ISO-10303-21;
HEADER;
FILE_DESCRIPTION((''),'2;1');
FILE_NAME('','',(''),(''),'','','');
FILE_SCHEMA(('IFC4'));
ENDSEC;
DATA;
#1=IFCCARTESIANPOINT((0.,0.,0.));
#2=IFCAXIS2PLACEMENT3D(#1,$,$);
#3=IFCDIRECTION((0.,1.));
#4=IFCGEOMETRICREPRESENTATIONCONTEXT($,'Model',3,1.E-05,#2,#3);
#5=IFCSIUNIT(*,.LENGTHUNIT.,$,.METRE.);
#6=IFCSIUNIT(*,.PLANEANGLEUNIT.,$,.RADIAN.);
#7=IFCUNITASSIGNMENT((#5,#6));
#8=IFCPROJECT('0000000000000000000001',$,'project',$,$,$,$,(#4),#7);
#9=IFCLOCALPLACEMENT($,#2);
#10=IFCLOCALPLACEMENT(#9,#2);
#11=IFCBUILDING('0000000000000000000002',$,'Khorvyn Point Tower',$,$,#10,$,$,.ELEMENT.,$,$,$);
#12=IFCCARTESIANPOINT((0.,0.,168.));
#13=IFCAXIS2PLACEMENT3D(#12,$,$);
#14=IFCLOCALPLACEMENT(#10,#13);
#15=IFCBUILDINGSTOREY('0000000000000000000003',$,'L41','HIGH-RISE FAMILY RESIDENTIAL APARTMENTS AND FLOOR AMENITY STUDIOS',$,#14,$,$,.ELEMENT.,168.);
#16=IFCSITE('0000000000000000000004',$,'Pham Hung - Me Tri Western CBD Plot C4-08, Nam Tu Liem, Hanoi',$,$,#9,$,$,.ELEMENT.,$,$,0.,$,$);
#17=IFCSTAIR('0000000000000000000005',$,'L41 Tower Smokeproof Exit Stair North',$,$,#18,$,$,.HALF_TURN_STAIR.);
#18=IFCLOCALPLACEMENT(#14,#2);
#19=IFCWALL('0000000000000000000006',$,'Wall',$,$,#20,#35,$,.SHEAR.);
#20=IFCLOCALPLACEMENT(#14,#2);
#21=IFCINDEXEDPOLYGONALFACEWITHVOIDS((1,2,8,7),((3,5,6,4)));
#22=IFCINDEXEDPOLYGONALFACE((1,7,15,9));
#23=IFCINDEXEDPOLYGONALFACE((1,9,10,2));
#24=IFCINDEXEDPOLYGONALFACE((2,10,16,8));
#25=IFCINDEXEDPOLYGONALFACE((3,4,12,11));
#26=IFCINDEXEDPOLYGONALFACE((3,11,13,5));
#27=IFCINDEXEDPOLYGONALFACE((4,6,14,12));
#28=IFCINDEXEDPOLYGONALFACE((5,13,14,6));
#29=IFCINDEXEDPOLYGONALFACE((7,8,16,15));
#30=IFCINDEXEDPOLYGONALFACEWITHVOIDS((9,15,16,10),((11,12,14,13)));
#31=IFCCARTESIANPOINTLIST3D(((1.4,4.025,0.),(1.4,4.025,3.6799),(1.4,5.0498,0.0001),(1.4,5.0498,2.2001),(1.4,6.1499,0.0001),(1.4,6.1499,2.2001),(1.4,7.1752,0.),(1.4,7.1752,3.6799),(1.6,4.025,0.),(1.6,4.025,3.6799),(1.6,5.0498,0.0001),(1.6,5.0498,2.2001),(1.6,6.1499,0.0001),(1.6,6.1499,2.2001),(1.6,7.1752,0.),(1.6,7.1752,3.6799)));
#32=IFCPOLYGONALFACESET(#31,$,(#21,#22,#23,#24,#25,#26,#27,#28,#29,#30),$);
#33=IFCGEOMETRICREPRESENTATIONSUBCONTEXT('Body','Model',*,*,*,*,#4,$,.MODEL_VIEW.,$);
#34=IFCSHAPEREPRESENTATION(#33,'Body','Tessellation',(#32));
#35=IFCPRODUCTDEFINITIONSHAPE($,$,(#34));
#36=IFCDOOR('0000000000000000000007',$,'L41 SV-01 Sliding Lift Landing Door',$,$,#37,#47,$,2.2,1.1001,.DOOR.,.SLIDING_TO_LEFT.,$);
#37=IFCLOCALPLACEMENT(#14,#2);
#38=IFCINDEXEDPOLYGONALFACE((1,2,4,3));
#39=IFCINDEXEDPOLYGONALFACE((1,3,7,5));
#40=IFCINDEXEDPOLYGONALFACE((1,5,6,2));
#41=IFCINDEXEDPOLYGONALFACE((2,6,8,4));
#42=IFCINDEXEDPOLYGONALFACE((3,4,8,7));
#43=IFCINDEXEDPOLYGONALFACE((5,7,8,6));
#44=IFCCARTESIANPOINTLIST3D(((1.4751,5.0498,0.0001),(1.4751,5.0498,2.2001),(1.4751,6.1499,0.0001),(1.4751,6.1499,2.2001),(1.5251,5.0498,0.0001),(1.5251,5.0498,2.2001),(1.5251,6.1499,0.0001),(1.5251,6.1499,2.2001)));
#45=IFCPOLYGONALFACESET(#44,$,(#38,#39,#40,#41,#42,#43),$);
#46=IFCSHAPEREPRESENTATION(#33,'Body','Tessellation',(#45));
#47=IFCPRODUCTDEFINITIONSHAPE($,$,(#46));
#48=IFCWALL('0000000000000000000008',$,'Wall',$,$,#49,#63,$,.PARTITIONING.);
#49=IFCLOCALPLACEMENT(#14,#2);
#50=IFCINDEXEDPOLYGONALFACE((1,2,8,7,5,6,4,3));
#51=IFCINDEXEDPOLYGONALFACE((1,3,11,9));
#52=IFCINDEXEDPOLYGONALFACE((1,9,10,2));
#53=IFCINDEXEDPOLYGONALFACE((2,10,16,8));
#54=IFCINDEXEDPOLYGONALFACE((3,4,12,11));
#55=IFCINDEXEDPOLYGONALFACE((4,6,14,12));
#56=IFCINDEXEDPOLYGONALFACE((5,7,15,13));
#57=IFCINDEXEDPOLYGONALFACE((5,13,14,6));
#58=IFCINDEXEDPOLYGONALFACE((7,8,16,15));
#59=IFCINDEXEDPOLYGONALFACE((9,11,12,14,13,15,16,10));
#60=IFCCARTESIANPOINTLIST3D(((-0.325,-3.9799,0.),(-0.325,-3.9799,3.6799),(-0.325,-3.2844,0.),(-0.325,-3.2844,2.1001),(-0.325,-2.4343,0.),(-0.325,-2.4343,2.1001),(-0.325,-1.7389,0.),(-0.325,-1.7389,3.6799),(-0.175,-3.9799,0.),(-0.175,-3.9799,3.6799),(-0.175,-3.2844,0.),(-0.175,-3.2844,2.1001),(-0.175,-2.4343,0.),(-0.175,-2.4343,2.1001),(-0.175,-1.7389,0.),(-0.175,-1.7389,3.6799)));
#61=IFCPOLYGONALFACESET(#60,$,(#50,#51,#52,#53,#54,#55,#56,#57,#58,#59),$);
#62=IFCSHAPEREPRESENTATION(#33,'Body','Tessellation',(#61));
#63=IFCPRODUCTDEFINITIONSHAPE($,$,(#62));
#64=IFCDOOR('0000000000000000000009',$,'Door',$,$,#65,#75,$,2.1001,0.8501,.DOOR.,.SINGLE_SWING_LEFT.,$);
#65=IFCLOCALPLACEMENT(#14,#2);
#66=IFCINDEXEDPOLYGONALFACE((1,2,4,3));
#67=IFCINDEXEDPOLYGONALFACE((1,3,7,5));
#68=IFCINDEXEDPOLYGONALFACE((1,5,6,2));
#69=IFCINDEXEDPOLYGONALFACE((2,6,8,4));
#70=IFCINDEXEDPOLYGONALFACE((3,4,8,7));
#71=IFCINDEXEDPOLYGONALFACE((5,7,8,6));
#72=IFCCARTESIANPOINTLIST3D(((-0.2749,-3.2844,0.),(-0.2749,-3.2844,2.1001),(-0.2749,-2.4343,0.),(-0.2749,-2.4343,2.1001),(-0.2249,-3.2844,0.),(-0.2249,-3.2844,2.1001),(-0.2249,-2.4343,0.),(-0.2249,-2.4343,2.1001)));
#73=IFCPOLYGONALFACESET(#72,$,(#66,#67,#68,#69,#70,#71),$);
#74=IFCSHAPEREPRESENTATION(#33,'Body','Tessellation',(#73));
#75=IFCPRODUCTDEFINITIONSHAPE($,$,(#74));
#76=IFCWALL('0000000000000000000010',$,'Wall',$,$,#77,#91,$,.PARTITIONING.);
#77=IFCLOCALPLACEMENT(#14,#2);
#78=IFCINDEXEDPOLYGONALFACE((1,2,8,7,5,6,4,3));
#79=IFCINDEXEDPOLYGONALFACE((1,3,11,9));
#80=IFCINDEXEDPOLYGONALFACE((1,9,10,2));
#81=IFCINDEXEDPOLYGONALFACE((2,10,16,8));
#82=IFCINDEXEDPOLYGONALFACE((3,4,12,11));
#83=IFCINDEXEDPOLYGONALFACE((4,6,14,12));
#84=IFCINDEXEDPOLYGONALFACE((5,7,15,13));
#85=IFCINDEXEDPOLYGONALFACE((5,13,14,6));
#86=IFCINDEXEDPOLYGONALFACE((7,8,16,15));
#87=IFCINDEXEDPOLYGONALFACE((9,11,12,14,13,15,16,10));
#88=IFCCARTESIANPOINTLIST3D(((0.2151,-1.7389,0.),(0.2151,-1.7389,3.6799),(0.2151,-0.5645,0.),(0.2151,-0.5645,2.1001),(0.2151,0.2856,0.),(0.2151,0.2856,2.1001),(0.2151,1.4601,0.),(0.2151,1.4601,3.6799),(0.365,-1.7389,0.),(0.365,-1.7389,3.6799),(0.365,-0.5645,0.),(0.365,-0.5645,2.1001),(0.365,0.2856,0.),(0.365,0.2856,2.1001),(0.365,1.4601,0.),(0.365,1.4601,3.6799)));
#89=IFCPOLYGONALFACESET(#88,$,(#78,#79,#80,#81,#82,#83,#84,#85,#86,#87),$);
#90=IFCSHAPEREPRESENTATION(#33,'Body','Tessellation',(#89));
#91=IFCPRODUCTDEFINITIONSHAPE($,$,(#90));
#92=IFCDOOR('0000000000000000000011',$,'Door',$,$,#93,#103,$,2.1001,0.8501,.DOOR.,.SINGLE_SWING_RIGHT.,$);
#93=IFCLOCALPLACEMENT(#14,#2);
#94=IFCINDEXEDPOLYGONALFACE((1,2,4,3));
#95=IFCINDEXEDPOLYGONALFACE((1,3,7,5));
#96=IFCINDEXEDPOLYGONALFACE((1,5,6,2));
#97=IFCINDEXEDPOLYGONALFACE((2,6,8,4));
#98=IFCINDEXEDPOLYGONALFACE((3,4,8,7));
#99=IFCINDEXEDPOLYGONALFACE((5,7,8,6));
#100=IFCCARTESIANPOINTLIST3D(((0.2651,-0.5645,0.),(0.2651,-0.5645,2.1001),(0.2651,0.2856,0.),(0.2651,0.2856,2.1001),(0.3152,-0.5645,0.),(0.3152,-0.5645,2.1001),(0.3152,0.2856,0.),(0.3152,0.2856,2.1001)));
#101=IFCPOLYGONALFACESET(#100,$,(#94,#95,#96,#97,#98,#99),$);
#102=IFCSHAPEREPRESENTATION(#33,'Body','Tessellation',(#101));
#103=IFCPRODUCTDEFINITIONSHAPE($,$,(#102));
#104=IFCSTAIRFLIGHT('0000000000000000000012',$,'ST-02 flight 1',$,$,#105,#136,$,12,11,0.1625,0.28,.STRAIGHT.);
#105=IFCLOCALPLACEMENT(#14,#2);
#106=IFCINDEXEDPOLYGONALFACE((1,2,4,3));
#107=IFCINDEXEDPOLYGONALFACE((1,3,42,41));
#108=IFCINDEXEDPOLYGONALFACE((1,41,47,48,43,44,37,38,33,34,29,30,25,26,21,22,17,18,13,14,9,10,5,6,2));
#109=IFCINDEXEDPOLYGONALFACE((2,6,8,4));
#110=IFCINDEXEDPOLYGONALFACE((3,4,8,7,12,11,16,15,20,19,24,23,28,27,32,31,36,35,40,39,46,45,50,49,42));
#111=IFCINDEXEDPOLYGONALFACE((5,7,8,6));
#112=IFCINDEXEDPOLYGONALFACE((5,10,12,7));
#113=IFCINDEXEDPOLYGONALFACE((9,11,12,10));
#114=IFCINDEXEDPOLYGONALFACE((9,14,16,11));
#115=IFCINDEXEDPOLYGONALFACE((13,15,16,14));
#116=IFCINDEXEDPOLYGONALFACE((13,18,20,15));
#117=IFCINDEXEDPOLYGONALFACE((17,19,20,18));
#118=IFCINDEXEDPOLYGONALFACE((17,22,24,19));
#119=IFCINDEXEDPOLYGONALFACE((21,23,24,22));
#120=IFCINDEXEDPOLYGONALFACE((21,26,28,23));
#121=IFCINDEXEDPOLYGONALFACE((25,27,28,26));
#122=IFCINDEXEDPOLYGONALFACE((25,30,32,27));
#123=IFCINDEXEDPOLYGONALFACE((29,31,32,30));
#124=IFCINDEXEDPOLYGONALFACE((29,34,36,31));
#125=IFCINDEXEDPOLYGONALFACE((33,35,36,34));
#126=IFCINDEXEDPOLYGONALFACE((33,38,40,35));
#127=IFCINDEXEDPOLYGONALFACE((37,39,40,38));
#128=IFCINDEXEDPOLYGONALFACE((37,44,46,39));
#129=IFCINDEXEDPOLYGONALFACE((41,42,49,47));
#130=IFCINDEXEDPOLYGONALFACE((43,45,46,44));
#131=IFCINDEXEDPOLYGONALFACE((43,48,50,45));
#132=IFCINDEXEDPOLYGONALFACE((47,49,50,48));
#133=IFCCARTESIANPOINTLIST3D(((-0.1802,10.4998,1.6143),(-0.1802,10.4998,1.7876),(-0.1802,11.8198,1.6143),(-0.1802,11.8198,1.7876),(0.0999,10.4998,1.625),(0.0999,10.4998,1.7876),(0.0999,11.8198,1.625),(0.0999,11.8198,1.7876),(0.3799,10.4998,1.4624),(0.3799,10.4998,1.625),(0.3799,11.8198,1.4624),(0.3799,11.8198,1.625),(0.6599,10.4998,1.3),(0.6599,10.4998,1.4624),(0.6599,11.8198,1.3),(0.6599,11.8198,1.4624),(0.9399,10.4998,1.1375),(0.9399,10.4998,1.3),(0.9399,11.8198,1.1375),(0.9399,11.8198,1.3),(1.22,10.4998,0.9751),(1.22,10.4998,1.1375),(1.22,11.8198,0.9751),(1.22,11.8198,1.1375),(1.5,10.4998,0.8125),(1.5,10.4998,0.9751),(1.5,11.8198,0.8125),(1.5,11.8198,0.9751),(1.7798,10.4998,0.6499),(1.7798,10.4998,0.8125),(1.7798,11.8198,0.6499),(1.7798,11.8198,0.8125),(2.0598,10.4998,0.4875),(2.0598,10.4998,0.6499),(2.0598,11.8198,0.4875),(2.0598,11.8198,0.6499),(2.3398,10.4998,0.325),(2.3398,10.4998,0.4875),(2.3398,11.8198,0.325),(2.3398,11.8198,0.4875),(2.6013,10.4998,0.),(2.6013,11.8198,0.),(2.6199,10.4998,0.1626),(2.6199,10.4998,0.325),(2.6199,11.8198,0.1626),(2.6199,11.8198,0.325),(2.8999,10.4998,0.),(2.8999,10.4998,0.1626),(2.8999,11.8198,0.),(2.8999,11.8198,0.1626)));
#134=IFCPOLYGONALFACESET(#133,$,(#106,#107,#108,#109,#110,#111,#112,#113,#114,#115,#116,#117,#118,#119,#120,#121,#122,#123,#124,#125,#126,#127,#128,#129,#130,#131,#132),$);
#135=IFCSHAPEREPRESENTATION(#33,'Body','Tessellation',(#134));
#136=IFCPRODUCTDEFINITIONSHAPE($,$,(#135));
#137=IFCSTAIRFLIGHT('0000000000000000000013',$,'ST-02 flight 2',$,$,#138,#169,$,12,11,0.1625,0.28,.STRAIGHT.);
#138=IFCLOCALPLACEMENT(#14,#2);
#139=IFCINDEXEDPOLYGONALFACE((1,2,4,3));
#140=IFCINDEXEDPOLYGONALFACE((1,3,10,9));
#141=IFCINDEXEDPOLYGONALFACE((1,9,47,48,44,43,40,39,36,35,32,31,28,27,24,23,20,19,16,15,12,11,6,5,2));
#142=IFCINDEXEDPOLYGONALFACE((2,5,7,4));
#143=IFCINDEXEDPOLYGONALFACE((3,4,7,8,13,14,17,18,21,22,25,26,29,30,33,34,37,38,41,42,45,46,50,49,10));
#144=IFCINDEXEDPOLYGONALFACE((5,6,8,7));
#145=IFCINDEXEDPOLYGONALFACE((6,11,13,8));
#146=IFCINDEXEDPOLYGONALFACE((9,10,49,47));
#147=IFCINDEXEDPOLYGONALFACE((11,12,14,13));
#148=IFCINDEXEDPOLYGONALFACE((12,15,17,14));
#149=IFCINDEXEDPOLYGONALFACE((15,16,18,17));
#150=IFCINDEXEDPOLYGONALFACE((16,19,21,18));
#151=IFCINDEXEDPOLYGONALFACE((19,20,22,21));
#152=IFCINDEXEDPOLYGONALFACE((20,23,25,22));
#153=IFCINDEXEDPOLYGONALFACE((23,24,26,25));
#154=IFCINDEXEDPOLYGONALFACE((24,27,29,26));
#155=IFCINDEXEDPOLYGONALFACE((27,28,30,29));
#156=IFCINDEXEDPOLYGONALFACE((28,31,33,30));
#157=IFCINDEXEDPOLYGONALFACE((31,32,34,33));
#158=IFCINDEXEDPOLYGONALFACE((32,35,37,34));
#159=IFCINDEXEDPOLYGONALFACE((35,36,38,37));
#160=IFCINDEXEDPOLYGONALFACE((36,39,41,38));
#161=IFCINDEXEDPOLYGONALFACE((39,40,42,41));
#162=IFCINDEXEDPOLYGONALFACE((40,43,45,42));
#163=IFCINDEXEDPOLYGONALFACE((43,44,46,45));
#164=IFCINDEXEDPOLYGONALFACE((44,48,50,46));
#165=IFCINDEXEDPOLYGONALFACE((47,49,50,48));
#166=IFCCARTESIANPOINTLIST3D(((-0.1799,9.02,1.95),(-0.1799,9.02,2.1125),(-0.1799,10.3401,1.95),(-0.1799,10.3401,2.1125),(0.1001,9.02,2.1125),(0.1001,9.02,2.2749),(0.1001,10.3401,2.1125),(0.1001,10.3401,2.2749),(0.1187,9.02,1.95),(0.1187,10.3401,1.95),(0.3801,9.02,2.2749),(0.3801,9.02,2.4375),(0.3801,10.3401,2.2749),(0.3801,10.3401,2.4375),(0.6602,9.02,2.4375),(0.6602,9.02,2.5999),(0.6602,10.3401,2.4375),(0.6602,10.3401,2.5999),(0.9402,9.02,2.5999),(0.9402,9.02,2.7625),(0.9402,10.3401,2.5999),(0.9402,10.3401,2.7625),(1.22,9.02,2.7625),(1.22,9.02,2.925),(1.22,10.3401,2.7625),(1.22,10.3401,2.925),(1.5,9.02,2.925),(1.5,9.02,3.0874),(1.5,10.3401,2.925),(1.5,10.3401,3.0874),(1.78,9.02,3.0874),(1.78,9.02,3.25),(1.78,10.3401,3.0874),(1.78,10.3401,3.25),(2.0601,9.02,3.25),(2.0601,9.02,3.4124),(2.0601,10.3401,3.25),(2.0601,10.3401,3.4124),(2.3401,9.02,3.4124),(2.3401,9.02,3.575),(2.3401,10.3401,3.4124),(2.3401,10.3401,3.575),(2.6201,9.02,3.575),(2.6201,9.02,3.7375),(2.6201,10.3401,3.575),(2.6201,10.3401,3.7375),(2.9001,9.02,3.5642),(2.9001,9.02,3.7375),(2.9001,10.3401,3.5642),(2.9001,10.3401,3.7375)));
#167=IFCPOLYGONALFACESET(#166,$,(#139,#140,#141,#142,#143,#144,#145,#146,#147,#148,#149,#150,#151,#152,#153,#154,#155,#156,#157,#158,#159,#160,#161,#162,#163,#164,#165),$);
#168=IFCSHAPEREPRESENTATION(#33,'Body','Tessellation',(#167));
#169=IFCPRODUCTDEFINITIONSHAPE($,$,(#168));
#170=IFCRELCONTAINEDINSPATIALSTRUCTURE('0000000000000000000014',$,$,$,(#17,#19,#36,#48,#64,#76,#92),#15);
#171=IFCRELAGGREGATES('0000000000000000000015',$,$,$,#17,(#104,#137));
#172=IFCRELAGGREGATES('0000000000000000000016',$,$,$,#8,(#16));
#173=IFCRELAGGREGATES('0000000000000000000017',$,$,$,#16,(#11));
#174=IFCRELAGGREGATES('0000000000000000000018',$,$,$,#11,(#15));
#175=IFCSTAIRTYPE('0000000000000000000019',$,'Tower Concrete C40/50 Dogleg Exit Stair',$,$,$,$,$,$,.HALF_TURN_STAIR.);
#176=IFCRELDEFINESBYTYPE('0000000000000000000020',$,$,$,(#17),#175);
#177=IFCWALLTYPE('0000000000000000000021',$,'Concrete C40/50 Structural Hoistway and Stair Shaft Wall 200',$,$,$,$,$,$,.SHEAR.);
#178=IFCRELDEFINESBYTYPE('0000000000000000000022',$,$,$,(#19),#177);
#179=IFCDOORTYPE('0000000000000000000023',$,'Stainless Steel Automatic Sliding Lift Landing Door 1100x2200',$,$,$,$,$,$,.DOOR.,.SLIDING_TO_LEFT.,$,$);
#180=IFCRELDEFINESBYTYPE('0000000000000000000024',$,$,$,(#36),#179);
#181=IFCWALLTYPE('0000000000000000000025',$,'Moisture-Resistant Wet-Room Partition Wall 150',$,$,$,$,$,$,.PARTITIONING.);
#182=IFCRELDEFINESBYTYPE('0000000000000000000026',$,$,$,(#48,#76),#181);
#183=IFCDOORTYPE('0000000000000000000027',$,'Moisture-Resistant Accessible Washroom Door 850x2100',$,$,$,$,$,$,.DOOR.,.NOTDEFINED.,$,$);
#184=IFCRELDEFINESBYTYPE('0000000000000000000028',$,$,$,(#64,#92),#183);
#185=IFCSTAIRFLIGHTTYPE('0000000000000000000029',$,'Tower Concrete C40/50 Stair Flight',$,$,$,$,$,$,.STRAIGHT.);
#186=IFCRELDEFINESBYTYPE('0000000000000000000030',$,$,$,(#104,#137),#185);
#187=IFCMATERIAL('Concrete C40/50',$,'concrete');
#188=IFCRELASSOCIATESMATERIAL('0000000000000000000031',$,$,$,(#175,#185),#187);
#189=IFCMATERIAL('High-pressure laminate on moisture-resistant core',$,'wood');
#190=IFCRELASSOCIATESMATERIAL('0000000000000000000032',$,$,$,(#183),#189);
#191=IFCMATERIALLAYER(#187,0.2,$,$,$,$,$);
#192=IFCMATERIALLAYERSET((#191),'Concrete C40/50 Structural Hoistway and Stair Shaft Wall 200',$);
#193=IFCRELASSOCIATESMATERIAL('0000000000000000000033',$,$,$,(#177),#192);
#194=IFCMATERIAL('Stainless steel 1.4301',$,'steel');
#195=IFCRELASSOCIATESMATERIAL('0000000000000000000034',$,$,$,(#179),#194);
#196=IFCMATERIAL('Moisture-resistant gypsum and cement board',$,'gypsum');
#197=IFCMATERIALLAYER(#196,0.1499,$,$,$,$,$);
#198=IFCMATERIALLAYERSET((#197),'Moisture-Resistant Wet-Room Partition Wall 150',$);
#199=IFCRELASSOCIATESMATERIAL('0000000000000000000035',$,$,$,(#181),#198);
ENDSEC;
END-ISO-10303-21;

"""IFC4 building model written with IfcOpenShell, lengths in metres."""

from ifc_helpers import new_model, si_unit, direction, frame, frame_2d, origin, place, context, subcontext, project, spatial, polyline, rectangle, outline, extrude, material, layer, layer_set, type_object, element, fill, aggregate, save


model = new_model("IFC4")

# Units and contexts
model_context = context("Model", 3, precision=1e-05, world=origin(), true_north=direction((0.0, 1.0)))
body_context = subcontext(model_context, "Body", "Model", "MODEL_VIEW")
ifc_project = project(units=[si_unit("LENGTHUNIT", "METRE"), si_unit("PLANEANGLEUNIT", "RADIAN")], contexts=[model_context])

# Site, building, storey
site_placement = place(None, origin())
site = spatial("IfcSite", under=ifc_project, at=site_placement, Name="Pham Hung - Me Tri Western CBD Plot C4-08, Nam Tu Liem, Hanoi", CompositionType="ELEMENT", RefElevation=0.0)
building_placement = place(site_placement, origin())
building = spatial("IfcBuilding", under=site, at=building_placement, Name="Khorvyn Point Tower", CompositionType="ELEMENT")
storey_placement = place(building_placement, frame((0.0, 0.0, 168.0)))
storey = spatial("IfcBuildingStorey", under=building, at=storey_placement, Name="L41", Description="HIGH-RISE FAMILY RESIDENTIAL APARTMENTS AND FLOOR AMENITY STUDIOS", CompositionType="ELEMENT", Elevation=168.0)

# Shared definitions
ifc_material_1 = material(Name="Concrete C40/50", Category="concrete")

# Stair
stair_type = type_object("IfcStairType", Name="Tower Concrete C40/50 Dogleg Exit Stair", PredefinedType="HALF_TURN_STAIR", material=ifc_material_1)
stair_1_placement = place(storey_placement, origin())
stair_1 = element("IfcStair", 1, at=stair_1_placement, inside=storey, type_object=stair_type, Name="L41 Tower Smokeproof Exit Stair North", PredefinedType="HALF_TURN_STAIR")

# Walls, openings, doors
ifc_material_2 = material(Name="High-pressure laminate on moisture-resistant core", Category="wood")
door_type_1 = type_object("IfcDoorType", Name="Moisture-Resistant Accessible Washroom Door 850x2100", OperationType="NOTDEFINED", PredefinedType="DOOR", material=ifc_material_2)
ifc_layer_1 = layer(ifc_material_1, 0.2)
ifc_layer_set_1 = layer_set([ifc_layer_1], Name="Concrete C40/50 Structural Hoistway and Stair Shaft Wall 200")
wall_type_1 = type_object("IfcWallType", Name="Concrete C40/50 Structural Hoistway and Stair Shaft Wall 200", PredefinedType="SHEAR", material=ifc_layer_set_1)
wall_1_placement = place(storey_placement, frame((1.5, 4.0249, 0.0), z_axis=(0.0, 0.0, 1.0), x_axis=(0.0, 1.0, 0.0)))
wall_1 = element("IfcWall", 2, at=wall_1_placement, inside=storey, type_object=wall_type_1, Name="Wall", PredefinedType="SHEAR", context=body_context, shape_type="SweptSolid", body=[
    extrude(rectangle(XDim=3.1501, YDim=0.2, at=frame_2d((1.5752, 0.0))), origin(), (0.0, 0.0, 1.0), 3.6799),
])
opening_1_placement = place(wall_1_placement, frame((1.0249, 0.0, 0.0)))
opening_1 = element("IfcOpeningElement", 3, at=opening_1_placement, cuts=wall_1, PredefinedType="OPENING", context=body_context, shape_type="SweptSolid", body=[
    extrude(rectangle(XDim=1.1001, YDim=2.2, at=frame_2d((0.55, 1.1001))), frame((0.0, 0.1099, 0.0), z_axis=(0.0, -1.0, 0.0), x_axis=(1.0, 0.0, 0.0)), (0.0, 0.0, 1.0), 0.22),
])
ifc_material_3 = material(Name="Stainless steel 1.4301", Category="steel")
door_type_2 = type_object("IfcDoorType", Name="Stainless Steel Automatic Sliding Lift Landing Door 1100x2200", OperationType="SLIDING_TO_LEFT", PredefinedType="DOOR", material=ifc_material_3)
door_1_placement = place(opening_1_placement, origin())
door_1 = element("IfcDoor", 4, at=door_1_placement, inside=storey, type_object=door_type_2, Name="L41 SV-01 Sliding Lift Landing Door", OperationType="SLIDING_TO_LEFT", OverallHeight=2.2, OverallWidth=1.1001, PredefinedType="DOOR", context=body_context, shape_type="SweptSolid", body=[
    extrude(rectangle(XDim=1.1001, YDim=2.2, at=frame_2d((0.55, 1.1001))), frame((0.0, 0.0249, 0.0), z_axis=(0.0, -1.0, 0.0), x_axis=(1.0, 0.0, 0.0)), (0.0, 0.0, 1.0), 0.05),
])
fill(opening_1, door_1)
ifc_material_4 = material(Name="Moisture-resistant gypsum and cement board", Category="gypsum")
ifc_layer_2 = layer(ifc_material_4, 0.1499)
ifc_layer_set_2 = layer_set([ifc_layer_2], Name="Moisture-Resistant Wet-Room Partition Wall 150")
wall_type_2 = type_object("IfcWallType", Name="Moisture-Resistant Wet-Room Partition Wall 150", PredefinedType="PARTITIONING", material=ifc_layer_set_2)
wall_2_placement = place(storey_placement, frame((-0.25, -3.98, 0.0), z_axis=(0.0, 0.0, 1.0), x_axis=(0.0, 1.0, 0.0)))
wall_2 = element("IfcWall", 5, at=wall_2_placement, inside=storey, type_object=wall_type_2, Name="Wall", PredefinedType="PARTITIONING", context=body_context, shape_type="SweptSolid", body=[
    extrude(rectangle(XDim=2.241, YDim=0.1499, at=frame_2d((1.1206, 0.0))), origin(), (0.0, 0.0, 1.0), 3.6799),
])
opening_2_placement = place(wall_2_placement, frame((0.6956, 0.0, 0.0)))
opening_2 = element("IfcOpeningElement", 6, at=opening_2_placement, cuts=wall_2, PredefinedType="OPENING", context=body_context, shape_type="SweptSolid", body=[
    extrude(rectangle(XDim=0.8501, YDim=2.1001, at=frame_2d((0.425, 1.05))), frame((0.0, 0.085, 0.0), z_axis=(0.0, -1.0, 0.0), x_axis=(1.0, 0.0, 0.0)), (0.0, 0.0, 1.0), 0.1699),
])
door_2_placement = place(opening_2_placement, origin())
door_2 = element("IfcDoor", 7, at=door_2_placement, inside=storey, type_object=door_type_1, Name="Door", OperationType="SINGLE_SWING_LEFT", OverallHeight=2.1001, OverallWidth=0.8501, PredefinedType="DOOR", context=body_context, shape_type="SweptSolid", body=[
    extrude(rectangle(XDim=0.8501, YDim=2.1001, at=frame_2d((0.425, 1.05))), frame((0.0, 0.0249, 0.0), z_axis=(0.0, -1.0, 0.0), x_axis=(1.0, 0.0, 0.0)), (0.0, 0.0, 1.0), 0.05),
])
fill(opening_2, door_2)
wall_3_placement = place(storey_placement, frame((0.29, -1.739, 0.0), z_axis=(0.0, 0.0, 1.0), x_axis=(0.0, 1.0, 0.0)))
wall_3 = element("IfcWall", 8, at=wall_3_placement, inside=storey, type_object=wall_type_2, Name="Wall", PredefinedType="PARTITIONING", context=body_context, shape_type="SweptSolid", body=[
    extrude(rectangle(XDim=3.199, YDim=0.1499, at=frame_2d((1.5996, 0.0))), origin(), (0.0, 0.0, 1.0), 3.6799),
])
opening_3_placement = place(wall_3_placement, frame((1.1746, 0.0, 0.0)))
opening_3 = element("IfcOpeningElement", 9, at=opening_3_placement, cuts=wall_3, PredefinedType="OPENING", context=body_context, shape_type="SweptSolid", body=[
    extrude(rectangle(XDim=0.8501, YDim=2.1001, at=frame_2d((0.425, 1.05))), frame((0.0, 0.085, 0.0), z_axis=(0.0, -1.0, 0.0), x_axis=(1.0, 0.0, 0.0)), (0.0, 0.0, 1.0), 0.1699),
])
door_3_placement = place(opening_3_placement, origin())
door_3 = element("IfcDoor", 10, at=door_3_placement, inside=storey, type_object=door_type_1, Name="Door", OperationType="SINGLE_SWING_RIGHT", OverallHeight=2.1001, OverallWidth=0.8501, PredefinedType="DOOR", context=body_context, shape_type="SweptSolid", body=[
    extrude(rectangle(XDim=0.8501, YDim=2.1001, at=frame_2d((0.425, 1.05))), frame((0.0, 0.0249, 0.0), z_axis=(0.0, -1.0, 0.0), x_axis=(1.0, 0.0, 0.0)), (0.0, 0.0, 1.0), 0.05),
])
fill(opening_3, door_3)

# Stair flights
stair_flight_type = type_object("IfcStairFlightType", Name="Tower Concrete C40/50 Stair Flight", PredefinedType="STRAIGHT", material=ifc_material_1)
stair_flight_1_placement = place(storey_placement, frame((2.8999, 11.1599, 0.0), z_axis=(0.0, 0.0, 1.0), x_axis=(-1.0, 0.0, 0.0)))
stair_flight_1 = element("IfcStairFlight", 11, at=stair_flight_1_placement, type_object=stair_flight_type, Name="ST-02 flight 1", NumberOfRisers=12, NumberOfTreads=11, PredefinedType="STRAIGHT", RiserHeight=0.1625, TreadLength=0.28, context=body_context, shape_type="SweptSolid", body=[
    extrude(outline(polyline([(0.0, 0.0), (0.0, 0.1626), (0.28, 0.1626), (0.28, 0.325), (0.5601, 0.325), (0.5601, 0.4875), (0.8401, 0.4875), (0.8401, 0.6499), (1.1201, 0.6499), (1.1201, 0.8125), (1.3999, 0.8125), (1.3999, 0.9751), (1.6799, 0.9751), (1.6799, 1.1375), (1.96, 1.1375), (1.96, 1.3), (2.24, 1.3), (2.24, 1.4624), (2.52, 1.4624), (2.52, 1.625), (2.8, 1.625), (2.8, 1.7876), (3.0801, 1.7876), (3.0801, 1.95), (3.0801, 1.6143), (0.2986, 0.0), (0.0, 0.0)])), frame((0.0, 0.6602, 0.0), z_axis=(0.0, -1.0, 0.0), x_axis=(1.0, 0.0, 0.0)), (0.0, 0.0, 1.0), 1.3201),
])
stair_flight_2_placement = place(storey_placement, frame((-0.1799, 9.6799, 1.95), z_axis=(0.0, 0.0, 1.0), x_axis=(1.0, 0.0, 0.0)))
stair_flight_2 = element("IfcStairFlight", 12, at=stair_flight_2_placement, type_object=stair_flight_type, Name="ST-02 flight 2", NumberOfRisers=12, NumberOfTreads=11, PredefinedType="STRAIGHT", RiserHeight=0.1625, TreadLength=0.28, context=body_context, shape_type="SweptSolid", body=[
    extrude(outline(polyline([(0.0, 0.0), (0.0, 0.1626), (0.28, 0.1626), (0.28, 0.325), (0.5601, 0.325), (0.5601, 0.4875), (0.8401, 0.4875), (0.8401, 0.6499), (1.1201, 0.6499), (1.1201, 0.8125), (1.3999, 0.8125), (1.3999, 0.9751), (1.6799, 0.9751), (1.6799, 1.1375), (1.96, 1.1375), (1.96, 1.3), (2.24, 1.3), (2.24, 1.4624), (2.52, 1.4624), (2.52, 1.625), (2.8, 1.625), (2.8, 1.7876), (3.0801, 1.7876), (3.0801, 1.95), (3.0801, 1.6143), (0.2986, 0.0), (0.0, 0.0)])), frame((0.0, 0.6602, 0.0), z_axis=(0.0, -1.0, 0.0), x_axis=(1.0, 0.0, 0.0)), (0.0, 0.0, 1.0), 1.3201),
])
aggregate(stair_1, [stair_flight_1, stair_flight_2])

save(model, "model.ifc")
